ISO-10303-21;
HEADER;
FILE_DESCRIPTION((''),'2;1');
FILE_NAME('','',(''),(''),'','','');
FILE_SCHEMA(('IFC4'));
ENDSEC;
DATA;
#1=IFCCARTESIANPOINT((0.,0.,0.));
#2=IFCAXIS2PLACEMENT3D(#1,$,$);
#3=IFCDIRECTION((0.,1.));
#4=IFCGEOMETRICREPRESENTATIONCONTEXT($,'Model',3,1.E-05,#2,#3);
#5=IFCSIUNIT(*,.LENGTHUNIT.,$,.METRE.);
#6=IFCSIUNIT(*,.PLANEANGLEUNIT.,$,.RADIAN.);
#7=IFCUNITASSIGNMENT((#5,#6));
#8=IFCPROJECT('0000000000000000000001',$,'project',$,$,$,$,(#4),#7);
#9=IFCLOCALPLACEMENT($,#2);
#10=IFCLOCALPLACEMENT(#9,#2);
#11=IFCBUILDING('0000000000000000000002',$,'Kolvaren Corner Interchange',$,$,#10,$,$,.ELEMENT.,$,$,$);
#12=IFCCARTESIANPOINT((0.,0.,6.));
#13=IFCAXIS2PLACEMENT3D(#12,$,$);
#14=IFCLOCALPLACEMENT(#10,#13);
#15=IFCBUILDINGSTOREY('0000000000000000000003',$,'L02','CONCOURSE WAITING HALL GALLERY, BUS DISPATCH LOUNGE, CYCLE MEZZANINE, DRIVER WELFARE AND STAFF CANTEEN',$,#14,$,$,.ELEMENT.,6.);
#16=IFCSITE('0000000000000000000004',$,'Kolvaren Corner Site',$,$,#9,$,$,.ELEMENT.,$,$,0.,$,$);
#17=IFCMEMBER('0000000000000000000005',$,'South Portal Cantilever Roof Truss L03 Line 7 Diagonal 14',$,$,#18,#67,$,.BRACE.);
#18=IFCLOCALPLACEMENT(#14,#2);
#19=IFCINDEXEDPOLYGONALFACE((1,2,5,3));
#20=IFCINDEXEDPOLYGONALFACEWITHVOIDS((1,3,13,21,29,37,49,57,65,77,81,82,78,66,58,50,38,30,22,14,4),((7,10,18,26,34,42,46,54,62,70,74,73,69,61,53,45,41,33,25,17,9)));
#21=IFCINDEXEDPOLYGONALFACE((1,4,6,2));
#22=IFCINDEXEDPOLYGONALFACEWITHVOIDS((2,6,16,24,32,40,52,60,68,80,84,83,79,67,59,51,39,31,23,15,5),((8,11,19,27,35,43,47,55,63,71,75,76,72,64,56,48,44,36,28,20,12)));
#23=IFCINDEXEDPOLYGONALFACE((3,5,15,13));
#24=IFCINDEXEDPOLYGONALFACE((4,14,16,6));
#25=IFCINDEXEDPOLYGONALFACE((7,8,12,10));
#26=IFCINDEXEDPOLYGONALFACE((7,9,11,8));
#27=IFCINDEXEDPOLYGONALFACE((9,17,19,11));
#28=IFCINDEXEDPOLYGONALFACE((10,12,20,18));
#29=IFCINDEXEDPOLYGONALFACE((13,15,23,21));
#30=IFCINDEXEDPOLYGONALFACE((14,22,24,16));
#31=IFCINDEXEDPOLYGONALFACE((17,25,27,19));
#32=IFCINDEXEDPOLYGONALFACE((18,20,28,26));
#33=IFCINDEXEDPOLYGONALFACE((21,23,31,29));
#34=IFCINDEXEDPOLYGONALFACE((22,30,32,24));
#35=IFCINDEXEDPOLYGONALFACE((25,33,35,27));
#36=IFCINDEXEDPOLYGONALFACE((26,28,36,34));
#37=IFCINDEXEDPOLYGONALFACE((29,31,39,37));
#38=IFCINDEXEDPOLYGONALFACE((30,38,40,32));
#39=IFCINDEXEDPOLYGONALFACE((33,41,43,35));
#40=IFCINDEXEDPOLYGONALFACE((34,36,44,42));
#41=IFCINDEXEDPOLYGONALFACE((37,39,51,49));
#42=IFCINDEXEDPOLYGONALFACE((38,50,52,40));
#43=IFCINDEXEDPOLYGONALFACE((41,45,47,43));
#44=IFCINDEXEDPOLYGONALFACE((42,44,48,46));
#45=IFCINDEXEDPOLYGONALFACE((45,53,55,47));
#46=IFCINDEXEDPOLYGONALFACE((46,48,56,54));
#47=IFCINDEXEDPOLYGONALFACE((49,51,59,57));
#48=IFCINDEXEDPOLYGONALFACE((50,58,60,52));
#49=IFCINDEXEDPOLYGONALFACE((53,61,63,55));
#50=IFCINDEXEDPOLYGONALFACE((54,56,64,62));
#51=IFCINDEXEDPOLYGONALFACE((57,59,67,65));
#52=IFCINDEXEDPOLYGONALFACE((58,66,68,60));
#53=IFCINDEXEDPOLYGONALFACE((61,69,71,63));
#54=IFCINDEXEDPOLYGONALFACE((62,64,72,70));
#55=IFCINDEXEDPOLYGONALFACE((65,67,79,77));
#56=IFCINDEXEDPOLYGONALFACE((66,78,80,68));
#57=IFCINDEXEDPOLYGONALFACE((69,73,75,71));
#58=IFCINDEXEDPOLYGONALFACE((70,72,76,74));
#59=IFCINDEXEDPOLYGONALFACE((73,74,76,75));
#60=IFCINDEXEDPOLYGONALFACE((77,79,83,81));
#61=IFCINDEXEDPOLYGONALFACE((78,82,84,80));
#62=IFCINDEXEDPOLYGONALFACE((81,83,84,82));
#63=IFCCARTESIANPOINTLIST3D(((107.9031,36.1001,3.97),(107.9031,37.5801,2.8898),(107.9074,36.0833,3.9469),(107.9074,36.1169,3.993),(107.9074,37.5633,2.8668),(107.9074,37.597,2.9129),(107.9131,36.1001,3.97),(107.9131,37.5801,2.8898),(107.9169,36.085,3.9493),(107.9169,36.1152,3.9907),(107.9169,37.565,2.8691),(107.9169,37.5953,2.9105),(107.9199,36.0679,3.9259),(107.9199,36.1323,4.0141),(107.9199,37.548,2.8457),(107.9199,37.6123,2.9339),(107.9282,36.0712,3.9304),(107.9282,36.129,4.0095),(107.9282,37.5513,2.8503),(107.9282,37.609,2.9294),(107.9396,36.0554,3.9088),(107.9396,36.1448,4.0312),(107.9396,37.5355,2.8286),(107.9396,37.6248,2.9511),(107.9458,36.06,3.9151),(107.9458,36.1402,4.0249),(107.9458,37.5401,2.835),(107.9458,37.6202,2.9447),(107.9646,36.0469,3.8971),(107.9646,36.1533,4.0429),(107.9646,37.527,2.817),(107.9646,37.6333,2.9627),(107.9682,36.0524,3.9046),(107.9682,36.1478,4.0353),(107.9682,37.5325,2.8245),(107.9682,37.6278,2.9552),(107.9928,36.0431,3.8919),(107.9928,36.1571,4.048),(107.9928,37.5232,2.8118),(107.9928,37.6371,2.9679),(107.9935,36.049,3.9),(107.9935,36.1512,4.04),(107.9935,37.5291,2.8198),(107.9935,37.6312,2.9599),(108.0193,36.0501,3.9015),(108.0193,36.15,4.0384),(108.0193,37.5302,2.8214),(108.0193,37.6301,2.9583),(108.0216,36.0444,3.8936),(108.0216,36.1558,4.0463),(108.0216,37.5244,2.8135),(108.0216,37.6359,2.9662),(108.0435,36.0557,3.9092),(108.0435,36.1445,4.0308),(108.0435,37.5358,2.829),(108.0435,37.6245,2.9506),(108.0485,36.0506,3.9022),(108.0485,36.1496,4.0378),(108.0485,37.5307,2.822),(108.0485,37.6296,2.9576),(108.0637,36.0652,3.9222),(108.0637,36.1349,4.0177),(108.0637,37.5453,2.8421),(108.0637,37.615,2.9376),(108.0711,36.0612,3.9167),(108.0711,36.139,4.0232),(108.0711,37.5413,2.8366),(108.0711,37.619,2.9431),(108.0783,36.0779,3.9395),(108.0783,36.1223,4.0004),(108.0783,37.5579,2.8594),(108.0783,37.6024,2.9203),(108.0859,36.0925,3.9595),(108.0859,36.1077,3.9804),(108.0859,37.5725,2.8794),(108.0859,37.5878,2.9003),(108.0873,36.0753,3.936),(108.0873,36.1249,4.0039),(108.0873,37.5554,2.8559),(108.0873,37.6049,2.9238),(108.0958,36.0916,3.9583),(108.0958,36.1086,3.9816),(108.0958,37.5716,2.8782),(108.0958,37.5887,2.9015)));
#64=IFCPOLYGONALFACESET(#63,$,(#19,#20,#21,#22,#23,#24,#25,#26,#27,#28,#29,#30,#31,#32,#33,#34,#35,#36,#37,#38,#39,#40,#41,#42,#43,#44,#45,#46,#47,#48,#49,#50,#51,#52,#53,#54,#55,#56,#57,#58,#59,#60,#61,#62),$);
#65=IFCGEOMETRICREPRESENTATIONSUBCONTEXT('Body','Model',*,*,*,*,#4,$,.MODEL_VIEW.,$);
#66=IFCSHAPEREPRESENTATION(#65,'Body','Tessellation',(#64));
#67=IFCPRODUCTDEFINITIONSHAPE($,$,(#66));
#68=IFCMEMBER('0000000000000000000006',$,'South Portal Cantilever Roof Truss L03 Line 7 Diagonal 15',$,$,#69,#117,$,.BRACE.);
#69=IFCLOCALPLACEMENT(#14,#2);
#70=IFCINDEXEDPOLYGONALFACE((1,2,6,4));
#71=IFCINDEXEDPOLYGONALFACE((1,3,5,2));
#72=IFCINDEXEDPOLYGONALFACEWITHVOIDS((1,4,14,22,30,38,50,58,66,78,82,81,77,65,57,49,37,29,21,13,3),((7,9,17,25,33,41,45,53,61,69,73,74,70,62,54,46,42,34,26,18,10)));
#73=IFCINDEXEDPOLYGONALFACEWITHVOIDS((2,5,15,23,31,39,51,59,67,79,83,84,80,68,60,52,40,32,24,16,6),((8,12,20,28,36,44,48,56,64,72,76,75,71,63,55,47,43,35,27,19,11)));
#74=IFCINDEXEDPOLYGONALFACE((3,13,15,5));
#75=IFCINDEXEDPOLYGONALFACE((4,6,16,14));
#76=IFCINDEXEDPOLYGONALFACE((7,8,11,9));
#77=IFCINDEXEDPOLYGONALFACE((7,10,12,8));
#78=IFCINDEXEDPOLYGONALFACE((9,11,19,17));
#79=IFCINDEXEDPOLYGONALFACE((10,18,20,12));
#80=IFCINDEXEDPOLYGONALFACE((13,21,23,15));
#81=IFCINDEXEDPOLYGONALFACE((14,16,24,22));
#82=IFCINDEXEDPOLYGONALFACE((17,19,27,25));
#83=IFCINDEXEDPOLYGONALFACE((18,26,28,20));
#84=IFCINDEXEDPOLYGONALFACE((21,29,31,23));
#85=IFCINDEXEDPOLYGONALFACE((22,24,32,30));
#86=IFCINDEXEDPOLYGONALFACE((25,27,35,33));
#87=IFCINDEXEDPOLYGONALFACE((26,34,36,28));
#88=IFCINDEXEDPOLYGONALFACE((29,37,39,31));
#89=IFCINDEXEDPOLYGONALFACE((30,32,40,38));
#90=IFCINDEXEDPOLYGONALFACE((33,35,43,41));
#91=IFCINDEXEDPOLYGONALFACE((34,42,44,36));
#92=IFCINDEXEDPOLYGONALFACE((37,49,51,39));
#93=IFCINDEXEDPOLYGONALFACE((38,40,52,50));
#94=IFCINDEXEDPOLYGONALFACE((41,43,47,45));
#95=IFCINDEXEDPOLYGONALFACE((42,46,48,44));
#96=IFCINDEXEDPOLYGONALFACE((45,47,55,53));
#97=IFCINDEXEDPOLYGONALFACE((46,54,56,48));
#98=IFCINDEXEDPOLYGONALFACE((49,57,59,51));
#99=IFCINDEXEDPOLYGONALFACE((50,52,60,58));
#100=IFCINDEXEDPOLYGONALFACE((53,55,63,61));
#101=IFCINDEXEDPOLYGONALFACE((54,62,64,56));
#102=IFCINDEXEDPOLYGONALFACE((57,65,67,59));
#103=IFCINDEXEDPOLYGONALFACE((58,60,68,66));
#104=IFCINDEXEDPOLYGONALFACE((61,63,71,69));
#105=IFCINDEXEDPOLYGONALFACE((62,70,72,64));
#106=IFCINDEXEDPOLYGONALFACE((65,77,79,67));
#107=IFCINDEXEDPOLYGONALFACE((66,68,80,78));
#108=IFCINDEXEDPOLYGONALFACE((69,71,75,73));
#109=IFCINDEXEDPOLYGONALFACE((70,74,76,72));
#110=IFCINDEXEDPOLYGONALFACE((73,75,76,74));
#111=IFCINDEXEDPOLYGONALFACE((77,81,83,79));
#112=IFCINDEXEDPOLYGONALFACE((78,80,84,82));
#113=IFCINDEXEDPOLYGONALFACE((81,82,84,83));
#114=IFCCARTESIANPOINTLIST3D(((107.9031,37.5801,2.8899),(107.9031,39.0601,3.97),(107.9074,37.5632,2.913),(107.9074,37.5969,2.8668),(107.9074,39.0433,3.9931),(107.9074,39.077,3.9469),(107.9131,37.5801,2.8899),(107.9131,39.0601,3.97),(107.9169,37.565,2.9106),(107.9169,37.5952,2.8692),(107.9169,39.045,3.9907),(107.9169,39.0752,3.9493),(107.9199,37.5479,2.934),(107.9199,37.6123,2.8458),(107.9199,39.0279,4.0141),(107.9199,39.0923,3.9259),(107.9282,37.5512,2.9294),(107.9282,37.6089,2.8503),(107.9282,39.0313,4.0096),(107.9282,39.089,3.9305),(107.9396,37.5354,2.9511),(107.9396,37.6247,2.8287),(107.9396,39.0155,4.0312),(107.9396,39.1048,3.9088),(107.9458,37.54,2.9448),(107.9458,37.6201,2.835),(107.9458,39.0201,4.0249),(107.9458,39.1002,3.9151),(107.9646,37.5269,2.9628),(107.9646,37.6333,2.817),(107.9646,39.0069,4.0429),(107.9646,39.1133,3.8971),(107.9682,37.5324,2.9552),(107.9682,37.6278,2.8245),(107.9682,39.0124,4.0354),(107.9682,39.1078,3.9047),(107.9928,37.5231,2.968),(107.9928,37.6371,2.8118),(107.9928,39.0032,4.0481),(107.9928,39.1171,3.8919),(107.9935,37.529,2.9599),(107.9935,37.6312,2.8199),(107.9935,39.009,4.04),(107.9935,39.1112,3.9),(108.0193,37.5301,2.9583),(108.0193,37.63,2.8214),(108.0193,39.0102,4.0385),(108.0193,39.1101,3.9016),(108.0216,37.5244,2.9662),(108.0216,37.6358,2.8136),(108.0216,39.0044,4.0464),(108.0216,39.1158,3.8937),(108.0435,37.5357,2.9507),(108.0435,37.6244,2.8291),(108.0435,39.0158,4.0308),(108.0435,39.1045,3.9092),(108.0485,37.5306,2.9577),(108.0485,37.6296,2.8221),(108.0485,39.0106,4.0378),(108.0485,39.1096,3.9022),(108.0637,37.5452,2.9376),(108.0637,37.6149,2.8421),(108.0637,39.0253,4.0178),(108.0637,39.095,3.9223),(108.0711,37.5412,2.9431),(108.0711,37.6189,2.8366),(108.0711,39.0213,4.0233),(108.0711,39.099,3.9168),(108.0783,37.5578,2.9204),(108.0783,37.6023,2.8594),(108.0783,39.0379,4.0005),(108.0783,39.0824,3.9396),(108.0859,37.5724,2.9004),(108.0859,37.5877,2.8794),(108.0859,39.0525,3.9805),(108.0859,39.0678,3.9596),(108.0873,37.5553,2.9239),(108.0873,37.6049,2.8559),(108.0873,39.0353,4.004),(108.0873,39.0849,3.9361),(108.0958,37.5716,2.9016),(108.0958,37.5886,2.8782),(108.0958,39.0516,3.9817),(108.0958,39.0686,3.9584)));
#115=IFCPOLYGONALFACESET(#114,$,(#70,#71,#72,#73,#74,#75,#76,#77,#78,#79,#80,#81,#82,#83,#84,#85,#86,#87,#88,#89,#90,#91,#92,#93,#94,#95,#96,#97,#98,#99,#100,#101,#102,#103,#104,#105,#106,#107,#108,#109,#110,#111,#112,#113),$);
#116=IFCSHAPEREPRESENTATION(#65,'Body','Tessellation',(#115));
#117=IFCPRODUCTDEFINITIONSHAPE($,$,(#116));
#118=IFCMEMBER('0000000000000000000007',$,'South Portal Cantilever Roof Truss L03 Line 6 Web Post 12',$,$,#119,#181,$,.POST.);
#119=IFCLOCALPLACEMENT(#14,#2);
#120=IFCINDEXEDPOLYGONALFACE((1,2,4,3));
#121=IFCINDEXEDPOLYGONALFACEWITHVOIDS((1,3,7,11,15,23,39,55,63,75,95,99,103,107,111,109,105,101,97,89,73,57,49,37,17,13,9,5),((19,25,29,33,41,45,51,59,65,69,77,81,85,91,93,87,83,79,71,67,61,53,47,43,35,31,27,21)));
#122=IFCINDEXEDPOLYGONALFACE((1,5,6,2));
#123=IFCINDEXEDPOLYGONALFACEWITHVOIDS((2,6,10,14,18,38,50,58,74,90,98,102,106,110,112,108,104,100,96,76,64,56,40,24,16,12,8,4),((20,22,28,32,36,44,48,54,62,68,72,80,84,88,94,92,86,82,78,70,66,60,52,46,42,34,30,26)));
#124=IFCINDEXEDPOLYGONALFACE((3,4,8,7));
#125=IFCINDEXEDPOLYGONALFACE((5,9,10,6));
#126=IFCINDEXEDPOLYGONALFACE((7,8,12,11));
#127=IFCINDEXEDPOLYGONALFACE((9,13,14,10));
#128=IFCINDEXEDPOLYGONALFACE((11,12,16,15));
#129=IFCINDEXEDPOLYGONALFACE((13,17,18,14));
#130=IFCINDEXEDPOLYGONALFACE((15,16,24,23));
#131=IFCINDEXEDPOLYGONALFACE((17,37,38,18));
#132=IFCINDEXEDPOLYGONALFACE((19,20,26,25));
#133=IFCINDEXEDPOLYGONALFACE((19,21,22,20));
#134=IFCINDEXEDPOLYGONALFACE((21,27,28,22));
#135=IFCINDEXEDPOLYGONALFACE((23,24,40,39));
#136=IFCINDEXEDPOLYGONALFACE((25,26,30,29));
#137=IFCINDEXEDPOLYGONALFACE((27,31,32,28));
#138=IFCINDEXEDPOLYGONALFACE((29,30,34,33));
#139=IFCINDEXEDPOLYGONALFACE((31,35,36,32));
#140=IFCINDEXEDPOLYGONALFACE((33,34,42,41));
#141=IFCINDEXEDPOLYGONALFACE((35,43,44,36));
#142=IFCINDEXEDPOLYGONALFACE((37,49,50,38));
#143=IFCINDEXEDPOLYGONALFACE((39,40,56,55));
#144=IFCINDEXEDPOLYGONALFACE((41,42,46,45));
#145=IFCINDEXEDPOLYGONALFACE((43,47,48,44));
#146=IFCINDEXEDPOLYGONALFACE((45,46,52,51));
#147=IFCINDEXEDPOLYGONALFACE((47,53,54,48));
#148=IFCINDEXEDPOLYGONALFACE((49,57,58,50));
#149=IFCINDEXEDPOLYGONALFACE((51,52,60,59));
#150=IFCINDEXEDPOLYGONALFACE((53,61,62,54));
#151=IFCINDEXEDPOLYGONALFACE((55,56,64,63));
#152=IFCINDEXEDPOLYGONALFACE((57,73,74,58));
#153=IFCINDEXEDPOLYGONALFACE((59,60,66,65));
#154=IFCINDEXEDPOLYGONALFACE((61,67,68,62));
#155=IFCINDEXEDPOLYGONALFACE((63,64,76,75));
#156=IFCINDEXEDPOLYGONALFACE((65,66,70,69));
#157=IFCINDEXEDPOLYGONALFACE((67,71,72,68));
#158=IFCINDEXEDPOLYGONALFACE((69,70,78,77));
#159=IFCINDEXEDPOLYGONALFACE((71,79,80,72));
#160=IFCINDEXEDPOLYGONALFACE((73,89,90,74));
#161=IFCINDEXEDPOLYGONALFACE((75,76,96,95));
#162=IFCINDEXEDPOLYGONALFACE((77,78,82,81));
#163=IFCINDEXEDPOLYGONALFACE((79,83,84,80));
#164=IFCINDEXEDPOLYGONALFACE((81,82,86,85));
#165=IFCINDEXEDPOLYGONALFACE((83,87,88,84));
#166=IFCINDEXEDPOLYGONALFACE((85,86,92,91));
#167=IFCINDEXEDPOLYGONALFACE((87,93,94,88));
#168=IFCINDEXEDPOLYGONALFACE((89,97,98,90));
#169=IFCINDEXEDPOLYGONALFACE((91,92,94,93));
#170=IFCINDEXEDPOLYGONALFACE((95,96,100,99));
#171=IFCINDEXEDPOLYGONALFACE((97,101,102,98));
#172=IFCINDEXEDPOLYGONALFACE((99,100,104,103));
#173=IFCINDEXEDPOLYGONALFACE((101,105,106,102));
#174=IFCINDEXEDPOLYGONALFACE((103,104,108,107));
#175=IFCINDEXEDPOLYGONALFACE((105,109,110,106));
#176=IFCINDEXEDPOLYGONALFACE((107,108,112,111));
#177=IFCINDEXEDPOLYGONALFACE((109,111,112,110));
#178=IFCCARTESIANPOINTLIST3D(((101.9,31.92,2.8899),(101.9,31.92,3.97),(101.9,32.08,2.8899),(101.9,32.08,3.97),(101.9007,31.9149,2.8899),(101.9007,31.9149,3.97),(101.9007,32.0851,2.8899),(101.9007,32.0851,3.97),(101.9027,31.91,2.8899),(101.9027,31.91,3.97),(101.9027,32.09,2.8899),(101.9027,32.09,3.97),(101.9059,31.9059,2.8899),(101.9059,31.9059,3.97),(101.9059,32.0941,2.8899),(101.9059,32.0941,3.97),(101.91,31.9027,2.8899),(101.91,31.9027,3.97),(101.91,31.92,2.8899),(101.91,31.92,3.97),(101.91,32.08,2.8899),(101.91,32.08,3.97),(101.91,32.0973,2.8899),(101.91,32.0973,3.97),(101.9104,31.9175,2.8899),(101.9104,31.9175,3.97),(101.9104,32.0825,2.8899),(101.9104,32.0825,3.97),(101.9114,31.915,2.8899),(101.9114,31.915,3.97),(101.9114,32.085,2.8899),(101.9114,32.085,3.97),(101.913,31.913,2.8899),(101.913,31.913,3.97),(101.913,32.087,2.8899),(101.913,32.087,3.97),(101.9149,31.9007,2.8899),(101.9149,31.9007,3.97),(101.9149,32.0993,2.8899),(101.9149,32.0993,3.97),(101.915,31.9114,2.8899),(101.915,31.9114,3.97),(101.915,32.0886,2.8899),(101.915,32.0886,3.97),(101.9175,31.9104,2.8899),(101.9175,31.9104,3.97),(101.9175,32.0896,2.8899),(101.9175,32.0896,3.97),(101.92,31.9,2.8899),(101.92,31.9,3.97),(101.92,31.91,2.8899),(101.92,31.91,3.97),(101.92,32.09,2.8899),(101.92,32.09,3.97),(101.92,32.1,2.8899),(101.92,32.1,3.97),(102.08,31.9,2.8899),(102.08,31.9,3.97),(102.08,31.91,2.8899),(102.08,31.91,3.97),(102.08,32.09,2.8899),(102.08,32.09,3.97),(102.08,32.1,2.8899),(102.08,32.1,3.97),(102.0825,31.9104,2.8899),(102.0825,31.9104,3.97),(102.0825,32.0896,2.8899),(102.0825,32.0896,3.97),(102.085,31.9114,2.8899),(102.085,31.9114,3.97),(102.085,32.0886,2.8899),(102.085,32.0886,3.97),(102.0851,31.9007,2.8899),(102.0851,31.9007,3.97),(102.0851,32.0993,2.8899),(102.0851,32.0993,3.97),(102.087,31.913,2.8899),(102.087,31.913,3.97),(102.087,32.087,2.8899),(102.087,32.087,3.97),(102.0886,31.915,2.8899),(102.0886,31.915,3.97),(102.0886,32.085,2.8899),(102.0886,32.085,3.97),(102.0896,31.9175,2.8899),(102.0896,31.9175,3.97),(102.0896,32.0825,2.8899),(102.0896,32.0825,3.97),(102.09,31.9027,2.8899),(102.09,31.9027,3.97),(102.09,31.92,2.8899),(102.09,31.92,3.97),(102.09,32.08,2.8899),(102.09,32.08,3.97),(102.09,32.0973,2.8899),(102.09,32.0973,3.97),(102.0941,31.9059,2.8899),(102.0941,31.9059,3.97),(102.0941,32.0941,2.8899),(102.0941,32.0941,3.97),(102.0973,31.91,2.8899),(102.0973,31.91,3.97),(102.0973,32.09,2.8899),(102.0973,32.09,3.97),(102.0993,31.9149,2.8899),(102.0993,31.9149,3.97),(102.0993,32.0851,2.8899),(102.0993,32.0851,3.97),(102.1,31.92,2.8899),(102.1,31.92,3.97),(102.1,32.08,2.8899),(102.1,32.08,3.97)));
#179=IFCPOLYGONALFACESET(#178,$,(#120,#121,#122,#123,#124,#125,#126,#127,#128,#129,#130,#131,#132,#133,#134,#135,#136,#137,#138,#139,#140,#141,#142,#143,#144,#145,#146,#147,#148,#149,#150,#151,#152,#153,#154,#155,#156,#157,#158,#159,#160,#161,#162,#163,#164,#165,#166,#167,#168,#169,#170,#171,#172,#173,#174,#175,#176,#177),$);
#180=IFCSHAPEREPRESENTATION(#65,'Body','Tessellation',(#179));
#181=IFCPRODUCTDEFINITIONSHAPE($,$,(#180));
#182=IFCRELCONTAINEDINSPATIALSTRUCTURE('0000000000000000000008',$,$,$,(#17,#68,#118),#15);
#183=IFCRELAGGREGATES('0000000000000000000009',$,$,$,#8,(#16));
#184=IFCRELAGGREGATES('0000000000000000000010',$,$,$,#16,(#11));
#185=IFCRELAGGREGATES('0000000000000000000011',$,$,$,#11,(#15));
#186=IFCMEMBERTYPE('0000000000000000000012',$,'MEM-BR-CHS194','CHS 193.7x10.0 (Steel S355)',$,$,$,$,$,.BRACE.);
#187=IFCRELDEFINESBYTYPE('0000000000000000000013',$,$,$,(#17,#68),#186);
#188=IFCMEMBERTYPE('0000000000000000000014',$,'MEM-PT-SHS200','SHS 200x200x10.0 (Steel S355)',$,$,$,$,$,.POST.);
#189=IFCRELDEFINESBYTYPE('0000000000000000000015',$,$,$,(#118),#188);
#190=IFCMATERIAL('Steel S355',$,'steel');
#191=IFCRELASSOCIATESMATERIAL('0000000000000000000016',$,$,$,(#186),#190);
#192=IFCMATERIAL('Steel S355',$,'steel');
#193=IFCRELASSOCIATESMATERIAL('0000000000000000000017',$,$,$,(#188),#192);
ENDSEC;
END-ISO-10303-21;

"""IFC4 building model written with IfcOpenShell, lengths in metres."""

from ifc_helpers import new_model, si_unit, direction, frame, origin, origin_2d, place, context, subcontext, project, spatial, hollow_rectangle, hollow_circle, extrude, material, material_profile, profile_set, type_object, element, save


model = new_model("IFC4")

# Units and contexts
model_context = context("Model", 3, precision=1e-05, world=origin(), true_north=direction((0.0, 1.0)))
body_context = subcontext(model_context, "Body", "Model", "MODEL_VIEW")
ifc_project = project(units=[si_unit("LENGTHUNIT", "METRE"), si_unit("PLANEANGLEUNIT", "RADIAN")], contexts=[model_context])

# Site, building, storey
site_placement = place(None, origin())
site = spatial("IfcSite", under=ifc_project, at=site_placement, Name="Kolvaren Corner Site", CompositionType="ELEMENT", RefElevation=0.0)
building_placement = place(site_placement, origin())
building = spatial("IfcBuilding", under=site, at=building_placement, Name="Kolvaren Corner Interchange", CompositionType="ELEMENT")
storey_placement = place(building_placement, frame((0.0, 0.0, 6.0)))
storey = spatial("IfcBuildingStorey", under=building, at=storey_placement, Name="L02", Description="CONCOURSE WAITING HALL GALLERY, BUS DISPATCH LOUNGE, CYCLE MEZZANINE, DRIVER WELFARE AND STAFF CANTEEN", CompositionType="ELEMENT", Elevation=6.0)

# Members
ifc_material_1 = material(Name="Steel S355", Category="steel")
ifc_material_profile_1 = material_profile(ifc_material_1, hollow_circle(Radius=0.0969, WallThickness=0.01, at=origin_2d()), Name="CHS 193.7x10.0")
ifc_profile_set_1 = profile_set([ifc_material_profile_1], Name="Steel S355")
member_type_1 = type_object("IfcMemberType", Name="MEM-BR-CHS194", Description="CHS 193.7x10.0 (Steel S355)", PredefinedType="BRACE", material=ifc_profile_set_1)
for number, where, z_axis, x_axis, name in (
    (1, (108.0, 36.1001, 3.97), (0.0, 0.807767, -0.589502), (-1.0, 0.0, 0.0), "South Portal Cantilever Roof Truss L03 Line 7 Diagonal 14"),
    (2, (108.0, 37.5801, 2.8899), (0.0, 0.807767, 0.589502), (-1.0, 0.0, 0.0), "South Portal Cantilever Roof Truss L03 Line 7 Diagonal 15"),
):
    element("IfcMember", number, at=place(storey_placement, frame(where, z_axis=z_axis, x_axis=x_axis)), inside=storey, type_object=member_type_1, Name=name, PredefinedType="BRACE", context=body_context, shape_type="SweptSolid", body=[
        extrude(hollow_circle(Radius=0.0969, WallThickness=0.01, at=origin_2d()), origin(), (0.0, 0.0, 1.0), 1.8323),
    ])
ifc_material_2 = material(Name="Steel S355", Category="steel")
ifc_material_profile_2 = material_profile(ifc_material_2, hollow_rectangle(XDim=0.2, YDim=0.2, WallThickness=0.01, InnerFilletRadius=0.01, OuterFilletRadius=0.02, at=origin_2d()), Name="SHS 200x200x10.0")
ifc_profile_set_2 = profile_set([ifc_material_profile_2], Name="Steel S355")
member_type_2 = type_object("IfcMemberType", Name="MEM-PT-SHS200", Description="SHS 200x200x10.0 (Steel S355)", PredefinedType="POST", material=ifc_profile_set_2)
for number, where, z_axis, x_axis, name in (
    (3, (102.0, 32.0, 2.8899), (0.0, 0.0, 1.0), (1.0, 0.0, 0.0), "South Portal Cantilever Roof Truss L03 Line 6 Web Post 12"),
):
    element("IfcMember", number, at=place(storey_placement, frame(where, z_axis=z_axis, x_axis=x_axis)), inside=storey, type_object=member_type_2, Name=name, PredefinedType="POST", context=body_context, shape_type="SweptSolid", body=[
        extrude(hollow_rectangle(XDim=0.2, YDim=0.2, WallThickness=0.01, InnerFilletRadius=0.01, OuterFilletRadius=0.02, at=origin_2d()), origin(), (0.0, 0.0, 1.0), 1.0801),
    ])

save(model, "model.ifc")
